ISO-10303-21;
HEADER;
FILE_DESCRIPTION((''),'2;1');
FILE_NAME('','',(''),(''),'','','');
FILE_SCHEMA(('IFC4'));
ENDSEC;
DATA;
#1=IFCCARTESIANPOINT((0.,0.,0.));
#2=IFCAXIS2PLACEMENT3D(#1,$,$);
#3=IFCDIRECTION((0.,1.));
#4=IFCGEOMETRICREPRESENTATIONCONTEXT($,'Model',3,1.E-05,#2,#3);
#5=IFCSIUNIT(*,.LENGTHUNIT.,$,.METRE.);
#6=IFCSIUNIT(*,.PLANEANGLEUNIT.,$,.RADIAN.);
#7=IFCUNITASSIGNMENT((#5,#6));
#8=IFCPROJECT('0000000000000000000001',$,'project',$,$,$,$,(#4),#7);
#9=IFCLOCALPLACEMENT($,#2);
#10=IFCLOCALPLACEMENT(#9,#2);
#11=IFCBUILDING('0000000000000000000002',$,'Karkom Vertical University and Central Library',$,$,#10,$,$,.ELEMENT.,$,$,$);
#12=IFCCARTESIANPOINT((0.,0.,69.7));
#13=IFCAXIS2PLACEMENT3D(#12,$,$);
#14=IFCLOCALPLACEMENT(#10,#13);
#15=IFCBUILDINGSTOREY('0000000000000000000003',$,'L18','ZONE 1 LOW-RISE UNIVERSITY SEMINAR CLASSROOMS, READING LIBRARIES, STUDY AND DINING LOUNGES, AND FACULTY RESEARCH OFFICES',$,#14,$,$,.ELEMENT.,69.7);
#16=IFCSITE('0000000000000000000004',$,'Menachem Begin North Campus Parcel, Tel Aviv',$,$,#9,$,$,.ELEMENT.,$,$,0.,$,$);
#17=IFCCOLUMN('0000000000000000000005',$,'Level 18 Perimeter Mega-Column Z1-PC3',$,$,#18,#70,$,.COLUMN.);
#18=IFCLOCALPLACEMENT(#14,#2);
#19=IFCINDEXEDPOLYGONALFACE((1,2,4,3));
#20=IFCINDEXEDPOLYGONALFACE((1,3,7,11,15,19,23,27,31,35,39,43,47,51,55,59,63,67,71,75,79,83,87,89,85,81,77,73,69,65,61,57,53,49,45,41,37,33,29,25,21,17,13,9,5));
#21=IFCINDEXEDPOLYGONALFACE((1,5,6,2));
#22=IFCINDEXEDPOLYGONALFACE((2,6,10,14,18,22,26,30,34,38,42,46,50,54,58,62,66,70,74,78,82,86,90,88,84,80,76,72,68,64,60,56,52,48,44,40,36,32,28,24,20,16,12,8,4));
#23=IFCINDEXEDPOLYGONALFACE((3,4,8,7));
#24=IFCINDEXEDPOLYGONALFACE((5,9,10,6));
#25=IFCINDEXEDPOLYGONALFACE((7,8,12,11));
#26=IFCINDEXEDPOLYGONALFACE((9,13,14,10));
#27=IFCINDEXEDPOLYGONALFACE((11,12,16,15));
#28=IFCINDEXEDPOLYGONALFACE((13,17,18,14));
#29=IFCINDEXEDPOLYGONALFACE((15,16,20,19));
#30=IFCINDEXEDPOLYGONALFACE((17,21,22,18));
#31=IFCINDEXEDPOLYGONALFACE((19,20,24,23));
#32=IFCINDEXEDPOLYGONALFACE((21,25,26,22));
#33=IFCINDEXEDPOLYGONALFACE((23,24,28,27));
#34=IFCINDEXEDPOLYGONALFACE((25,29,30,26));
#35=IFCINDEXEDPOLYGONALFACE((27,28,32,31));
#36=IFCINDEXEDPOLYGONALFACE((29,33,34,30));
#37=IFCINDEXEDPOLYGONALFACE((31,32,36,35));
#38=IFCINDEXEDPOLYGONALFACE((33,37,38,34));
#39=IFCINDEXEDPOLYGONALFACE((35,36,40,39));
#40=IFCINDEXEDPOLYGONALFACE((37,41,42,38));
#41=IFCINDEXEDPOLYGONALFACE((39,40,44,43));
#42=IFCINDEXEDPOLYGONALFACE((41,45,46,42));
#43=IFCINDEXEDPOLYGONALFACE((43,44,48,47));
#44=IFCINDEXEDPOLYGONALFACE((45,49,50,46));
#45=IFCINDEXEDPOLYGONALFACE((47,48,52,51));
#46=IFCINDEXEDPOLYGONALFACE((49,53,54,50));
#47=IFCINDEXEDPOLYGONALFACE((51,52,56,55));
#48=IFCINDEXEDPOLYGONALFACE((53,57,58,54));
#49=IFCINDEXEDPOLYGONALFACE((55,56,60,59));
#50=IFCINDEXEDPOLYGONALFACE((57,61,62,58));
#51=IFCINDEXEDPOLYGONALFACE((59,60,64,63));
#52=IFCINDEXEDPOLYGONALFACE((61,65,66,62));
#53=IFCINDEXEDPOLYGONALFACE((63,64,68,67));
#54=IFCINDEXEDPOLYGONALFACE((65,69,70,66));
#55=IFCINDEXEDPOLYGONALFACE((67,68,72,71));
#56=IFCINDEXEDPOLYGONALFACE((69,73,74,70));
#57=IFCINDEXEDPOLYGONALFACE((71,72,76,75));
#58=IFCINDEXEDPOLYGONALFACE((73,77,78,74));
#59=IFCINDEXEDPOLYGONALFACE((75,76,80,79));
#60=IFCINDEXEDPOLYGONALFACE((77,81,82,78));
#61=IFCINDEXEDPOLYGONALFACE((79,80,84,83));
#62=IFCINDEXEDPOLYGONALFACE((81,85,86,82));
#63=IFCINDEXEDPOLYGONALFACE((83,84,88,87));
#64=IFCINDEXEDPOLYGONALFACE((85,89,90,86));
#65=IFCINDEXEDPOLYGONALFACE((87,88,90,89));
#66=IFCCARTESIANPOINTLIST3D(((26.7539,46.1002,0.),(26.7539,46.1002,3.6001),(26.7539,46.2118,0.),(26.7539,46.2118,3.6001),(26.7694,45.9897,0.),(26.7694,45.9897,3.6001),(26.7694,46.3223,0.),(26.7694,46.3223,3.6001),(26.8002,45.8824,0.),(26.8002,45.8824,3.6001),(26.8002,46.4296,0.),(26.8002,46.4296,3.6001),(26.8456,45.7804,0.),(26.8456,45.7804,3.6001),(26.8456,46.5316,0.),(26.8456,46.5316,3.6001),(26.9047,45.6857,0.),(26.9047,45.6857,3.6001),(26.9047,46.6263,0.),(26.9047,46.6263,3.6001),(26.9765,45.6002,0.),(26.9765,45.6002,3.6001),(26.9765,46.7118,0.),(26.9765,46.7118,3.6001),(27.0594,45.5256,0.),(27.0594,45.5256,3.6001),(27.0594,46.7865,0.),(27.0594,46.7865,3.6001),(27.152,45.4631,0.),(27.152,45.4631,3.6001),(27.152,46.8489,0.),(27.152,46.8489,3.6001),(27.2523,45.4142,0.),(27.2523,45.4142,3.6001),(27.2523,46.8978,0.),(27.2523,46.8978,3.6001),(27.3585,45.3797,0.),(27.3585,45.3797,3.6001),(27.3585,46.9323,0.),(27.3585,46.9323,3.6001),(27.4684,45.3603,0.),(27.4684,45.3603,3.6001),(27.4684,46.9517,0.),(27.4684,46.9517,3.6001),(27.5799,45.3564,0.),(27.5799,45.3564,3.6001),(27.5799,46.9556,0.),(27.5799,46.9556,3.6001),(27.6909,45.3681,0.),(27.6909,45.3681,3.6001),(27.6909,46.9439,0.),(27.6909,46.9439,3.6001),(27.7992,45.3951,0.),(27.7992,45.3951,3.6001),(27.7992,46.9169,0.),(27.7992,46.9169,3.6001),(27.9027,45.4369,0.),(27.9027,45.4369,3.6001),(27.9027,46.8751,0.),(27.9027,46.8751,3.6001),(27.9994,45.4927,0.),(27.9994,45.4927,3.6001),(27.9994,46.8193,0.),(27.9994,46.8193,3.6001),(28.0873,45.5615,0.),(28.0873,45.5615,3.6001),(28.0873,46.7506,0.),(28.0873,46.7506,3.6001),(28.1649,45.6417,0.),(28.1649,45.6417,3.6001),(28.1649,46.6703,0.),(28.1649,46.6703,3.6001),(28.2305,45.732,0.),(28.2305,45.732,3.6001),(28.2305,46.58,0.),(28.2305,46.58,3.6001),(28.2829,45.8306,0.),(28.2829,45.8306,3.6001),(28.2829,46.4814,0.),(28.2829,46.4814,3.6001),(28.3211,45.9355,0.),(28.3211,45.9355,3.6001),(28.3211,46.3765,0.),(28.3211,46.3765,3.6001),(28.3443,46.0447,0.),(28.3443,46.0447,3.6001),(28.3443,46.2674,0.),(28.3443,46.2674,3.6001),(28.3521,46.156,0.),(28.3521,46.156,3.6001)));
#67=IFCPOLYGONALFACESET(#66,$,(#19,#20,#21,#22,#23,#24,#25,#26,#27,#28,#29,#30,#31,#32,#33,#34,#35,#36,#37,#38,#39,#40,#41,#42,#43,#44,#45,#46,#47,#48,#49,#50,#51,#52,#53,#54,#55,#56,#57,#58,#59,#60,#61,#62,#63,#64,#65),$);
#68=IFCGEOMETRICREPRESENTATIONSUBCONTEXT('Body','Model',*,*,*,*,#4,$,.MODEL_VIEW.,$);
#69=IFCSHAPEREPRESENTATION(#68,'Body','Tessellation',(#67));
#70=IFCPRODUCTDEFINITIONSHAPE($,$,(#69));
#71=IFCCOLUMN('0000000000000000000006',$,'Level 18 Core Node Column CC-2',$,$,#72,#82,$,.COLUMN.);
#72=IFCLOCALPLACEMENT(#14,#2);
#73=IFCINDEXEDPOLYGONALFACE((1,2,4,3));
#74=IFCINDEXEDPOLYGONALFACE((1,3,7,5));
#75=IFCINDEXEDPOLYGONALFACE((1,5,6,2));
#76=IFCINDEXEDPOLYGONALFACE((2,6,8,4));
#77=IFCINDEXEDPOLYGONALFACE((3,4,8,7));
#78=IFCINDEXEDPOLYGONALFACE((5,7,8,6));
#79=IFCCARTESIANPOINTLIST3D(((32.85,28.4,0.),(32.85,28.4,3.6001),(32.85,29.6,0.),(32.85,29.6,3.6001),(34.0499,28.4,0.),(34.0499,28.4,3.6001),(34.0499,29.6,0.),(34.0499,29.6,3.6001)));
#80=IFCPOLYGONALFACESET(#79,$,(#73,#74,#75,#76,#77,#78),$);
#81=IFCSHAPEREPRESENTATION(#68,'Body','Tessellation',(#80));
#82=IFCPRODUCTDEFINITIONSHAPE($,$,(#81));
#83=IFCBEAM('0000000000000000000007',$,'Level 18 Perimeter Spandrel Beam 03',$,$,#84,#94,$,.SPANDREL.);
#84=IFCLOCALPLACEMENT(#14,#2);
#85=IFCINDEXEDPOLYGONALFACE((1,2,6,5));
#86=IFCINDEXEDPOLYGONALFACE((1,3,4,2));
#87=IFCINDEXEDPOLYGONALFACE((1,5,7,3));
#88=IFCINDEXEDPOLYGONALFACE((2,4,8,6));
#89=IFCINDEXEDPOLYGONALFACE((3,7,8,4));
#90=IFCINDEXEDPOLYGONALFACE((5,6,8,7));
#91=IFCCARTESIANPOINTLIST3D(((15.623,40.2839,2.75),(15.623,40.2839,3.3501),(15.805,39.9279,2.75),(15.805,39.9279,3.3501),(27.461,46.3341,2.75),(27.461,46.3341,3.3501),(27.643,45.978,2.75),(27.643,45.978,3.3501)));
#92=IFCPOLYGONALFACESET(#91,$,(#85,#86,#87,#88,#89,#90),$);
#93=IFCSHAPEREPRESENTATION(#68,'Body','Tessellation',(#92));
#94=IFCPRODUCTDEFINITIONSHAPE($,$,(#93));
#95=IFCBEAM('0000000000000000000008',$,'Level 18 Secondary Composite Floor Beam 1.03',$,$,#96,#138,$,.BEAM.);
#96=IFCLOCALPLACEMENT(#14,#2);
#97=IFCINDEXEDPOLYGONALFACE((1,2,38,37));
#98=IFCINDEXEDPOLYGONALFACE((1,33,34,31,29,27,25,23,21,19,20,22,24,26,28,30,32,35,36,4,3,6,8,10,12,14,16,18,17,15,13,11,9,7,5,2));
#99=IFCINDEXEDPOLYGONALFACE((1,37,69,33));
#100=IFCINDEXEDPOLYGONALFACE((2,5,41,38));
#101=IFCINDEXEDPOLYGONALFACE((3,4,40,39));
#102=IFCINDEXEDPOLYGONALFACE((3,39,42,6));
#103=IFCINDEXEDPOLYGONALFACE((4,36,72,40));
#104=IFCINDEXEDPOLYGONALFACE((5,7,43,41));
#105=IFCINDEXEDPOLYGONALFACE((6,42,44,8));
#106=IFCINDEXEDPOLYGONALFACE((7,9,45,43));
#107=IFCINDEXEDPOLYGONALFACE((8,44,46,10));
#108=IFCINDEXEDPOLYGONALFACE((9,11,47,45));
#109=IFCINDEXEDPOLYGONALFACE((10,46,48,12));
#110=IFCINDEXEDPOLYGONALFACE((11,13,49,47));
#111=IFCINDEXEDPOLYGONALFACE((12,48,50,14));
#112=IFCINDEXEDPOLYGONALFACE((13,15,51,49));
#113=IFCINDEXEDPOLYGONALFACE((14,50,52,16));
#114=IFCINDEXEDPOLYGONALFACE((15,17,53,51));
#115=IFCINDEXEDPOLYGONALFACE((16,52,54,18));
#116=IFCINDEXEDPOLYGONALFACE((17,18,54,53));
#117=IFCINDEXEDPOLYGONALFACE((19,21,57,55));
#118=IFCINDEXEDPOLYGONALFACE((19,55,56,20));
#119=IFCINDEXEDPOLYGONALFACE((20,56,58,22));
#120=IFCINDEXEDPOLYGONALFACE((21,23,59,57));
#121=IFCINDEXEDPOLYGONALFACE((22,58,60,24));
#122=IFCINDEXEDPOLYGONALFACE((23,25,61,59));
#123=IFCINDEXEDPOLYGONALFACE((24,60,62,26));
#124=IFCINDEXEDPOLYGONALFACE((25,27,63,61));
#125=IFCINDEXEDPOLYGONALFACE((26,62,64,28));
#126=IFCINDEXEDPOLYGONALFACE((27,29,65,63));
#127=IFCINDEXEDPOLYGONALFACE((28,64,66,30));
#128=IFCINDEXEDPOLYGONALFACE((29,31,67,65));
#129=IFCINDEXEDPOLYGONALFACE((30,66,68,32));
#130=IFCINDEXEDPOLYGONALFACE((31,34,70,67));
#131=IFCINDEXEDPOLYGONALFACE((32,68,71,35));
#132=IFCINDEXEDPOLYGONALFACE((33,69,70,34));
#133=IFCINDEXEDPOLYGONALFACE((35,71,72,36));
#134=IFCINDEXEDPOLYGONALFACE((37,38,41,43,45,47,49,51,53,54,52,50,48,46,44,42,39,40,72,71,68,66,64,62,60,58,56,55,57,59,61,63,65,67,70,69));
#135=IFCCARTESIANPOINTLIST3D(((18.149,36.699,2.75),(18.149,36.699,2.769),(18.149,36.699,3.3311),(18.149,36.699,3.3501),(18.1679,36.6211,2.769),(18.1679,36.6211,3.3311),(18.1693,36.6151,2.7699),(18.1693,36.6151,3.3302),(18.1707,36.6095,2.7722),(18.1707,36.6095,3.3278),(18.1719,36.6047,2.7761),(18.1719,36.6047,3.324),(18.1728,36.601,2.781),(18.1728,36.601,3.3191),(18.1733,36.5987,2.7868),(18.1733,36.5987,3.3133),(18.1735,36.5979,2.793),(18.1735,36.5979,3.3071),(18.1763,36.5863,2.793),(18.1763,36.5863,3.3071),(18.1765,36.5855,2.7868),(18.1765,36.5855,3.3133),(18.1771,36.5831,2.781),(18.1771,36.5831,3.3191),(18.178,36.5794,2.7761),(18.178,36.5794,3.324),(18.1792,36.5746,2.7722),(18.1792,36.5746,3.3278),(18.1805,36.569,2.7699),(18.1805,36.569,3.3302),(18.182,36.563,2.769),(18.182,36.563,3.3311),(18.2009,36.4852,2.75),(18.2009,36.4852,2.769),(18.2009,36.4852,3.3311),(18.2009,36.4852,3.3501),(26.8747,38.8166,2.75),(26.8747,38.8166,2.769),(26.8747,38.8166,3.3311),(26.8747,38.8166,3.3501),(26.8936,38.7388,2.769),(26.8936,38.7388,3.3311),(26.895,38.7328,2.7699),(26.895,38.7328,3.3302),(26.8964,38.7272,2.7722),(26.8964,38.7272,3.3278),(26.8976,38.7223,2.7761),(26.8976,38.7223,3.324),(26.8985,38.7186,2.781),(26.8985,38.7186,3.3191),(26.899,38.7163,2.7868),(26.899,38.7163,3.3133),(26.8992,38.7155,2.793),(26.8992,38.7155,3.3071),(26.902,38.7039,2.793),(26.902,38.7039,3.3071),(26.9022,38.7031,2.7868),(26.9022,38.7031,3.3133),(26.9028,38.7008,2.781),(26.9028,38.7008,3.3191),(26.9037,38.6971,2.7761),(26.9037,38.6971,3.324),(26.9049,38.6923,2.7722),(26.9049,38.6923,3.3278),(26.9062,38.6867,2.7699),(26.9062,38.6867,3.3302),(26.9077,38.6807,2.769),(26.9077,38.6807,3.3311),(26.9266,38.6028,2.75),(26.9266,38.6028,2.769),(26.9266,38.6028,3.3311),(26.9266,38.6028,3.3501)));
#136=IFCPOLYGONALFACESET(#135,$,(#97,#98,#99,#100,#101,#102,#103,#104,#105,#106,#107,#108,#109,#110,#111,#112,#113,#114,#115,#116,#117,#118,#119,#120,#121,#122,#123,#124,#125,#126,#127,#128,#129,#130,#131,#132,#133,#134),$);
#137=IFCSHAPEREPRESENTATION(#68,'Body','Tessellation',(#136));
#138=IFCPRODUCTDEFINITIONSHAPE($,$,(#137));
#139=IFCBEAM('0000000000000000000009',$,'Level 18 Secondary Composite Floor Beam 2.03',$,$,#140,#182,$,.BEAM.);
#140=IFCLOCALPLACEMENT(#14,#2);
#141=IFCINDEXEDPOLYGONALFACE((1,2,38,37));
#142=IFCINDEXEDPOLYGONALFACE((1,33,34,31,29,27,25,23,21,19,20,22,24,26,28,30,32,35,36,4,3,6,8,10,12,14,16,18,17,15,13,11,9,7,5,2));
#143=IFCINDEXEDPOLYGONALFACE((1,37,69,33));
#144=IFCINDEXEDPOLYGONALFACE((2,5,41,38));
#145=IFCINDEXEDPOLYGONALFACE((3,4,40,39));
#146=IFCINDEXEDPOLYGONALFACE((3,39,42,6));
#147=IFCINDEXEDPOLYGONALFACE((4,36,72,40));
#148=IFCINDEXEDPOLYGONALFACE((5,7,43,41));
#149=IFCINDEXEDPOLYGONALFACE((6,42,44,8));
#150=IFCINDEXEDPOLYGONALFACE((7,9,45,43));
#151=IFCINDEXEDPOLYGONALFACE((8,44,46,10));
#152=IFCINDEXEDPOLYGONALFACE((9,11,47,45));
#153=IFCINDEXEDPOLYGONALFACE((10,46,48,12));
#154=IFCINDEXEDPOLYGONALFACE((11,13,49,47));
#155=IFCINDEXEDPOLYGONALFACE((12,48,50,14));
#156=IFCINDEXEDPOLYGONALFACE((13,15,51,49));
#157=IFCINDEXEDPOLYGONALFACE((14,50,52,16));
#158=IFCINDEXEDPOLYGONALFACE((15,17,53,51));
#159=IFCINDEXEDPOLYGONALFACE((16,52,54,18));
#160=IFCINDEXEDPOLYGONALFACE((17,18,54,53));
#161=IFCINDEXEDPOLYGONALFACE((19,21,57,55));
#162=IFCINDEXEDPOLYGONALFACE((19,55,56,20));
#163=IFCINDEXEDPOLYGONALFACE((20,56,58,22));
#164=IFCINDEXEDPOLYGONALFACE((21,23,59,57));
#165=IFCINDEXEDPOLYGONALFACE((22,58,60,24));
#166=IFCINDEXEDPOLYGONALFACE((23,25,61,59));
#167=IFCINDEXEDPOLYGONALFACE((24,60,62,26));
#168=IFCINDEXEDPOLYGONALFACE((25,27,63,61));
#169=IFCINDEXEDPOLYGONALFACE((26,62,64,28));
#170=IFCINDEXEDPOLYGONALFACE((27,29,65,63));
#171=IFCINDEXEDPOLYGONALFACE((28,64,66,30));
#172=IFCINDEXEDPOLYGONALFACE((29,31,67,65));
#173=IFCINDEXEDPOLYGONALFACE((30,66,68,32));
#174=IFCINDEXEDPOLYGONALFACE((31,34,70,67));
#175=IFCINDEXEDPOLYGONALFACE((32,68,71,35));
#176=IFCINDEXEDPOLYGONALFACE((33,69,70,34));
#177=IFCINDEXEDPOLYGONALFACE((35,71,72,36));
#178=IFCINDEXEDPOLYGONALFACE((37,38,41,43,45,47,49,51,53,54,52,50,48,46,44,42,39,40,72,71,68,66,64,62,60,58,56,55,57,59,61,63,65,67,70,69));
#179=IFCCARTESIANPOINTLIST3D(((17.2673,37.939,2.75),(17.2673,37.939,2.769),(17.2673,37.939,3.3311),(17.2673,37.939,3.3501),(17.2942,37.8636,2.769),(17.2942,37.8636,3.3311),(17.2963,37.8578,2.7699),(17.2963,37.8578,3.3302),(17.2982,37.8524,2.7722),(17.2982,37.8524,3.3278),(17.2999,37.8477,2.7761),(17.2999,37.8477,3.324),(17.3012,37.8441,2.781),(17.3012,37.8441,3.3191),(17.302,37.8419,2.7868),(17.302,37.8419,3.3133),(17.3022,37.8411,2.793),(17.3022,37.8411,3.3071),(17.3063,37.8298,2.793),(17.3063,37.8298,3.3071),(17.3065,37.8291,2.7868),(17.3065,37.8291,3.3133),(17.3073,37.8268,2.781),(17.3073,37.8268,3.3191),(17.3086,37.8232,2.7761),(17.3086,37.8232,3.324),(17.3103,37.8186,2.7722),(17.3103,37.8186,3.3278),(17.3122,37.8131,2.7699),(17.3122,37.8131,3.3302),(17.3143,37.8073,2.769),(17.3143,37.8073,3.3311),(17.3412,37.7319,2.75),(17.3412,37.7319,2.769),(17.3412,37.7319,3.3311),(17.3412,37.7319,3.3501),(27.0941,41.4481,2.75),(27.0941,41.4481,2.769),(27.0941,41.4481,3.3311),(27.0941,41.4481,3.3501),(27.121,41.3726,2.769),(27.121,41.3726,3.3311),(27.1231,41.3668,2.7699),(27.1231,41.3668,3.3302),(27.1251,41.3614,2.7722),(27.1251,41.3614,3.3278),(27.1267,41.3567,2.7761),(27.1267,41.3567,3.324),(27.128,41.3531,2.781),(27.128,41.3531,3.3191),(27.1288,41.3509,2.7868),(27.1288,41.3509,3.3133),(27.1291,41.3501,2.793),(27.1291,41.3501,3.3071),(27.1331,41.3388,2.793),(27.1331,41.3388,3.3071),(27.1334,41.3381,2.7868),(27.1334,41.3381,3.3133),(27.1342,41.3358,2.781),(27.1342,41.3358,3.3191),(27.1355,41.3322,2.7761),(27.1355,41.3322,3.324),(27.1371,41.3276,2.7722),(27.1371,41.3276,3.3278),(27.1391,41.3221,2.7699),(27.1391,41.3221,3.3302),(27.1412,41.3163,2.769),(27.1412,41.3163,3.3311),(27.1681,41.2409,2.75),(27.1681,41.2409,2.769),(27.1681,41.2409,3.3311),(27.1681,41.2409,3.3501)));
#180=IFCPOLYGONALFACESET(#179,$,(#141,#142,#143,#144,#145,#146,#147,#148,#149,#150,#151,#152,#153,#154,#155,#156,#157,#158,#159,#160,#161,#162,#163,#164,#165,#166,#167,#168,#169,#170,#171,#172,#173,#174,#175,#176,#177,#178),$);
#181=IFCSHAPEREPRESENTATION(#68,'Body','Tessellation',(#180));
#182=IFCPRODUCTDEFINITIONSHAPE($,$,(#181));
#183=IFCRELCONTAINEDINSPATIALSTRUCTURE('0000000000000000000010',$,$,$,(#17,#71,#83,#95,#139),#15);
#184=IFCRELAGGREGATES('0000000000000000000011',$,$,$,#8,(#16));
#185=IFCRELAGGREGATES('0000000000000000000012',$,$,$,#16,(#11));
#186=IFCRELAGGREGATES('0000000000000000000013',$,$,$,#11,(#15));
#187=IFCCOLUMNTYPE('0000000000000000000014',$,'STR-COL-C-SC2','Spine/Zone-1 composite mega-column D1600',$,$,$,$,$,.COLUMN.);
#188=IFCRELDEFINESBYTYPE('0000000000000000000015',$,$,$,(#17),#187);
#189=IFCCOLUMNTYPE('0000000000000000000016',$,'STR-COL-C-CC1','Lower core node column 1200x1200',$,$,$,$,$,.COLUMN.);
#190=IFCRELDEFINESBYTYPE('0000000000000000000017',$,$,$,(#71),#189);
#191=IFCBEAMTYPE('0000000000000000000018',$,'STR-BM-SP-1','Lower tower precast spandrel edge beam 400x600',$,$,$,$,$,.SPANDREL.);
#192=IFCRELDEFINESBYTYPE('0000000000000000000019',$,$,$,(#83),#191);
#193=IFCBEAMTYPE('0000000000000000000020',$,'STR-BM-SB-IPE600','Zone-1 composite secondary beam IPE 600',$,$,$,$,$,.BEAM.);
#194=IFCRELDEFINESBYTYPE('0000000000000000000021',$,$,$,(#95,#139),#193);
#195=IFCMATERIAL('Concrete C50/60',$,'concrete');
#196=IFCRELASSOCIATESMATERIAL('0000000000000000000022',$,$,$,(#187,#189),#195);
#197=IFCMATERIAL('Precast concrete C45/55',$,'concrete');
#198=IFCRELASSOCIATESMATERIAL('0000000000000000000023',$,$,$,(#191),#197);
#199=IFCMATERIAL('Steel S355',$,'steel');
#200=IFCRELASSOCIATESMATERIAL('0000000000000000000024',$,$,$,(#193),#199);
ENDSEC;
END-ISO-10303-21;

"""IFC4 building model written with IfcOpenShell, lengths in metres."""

from ifc_helpers import new_model, si_unit, direction, frame, origin, origin_with_axes, origin_2d, place, context, subcontext, project, spatial, rectangle, circle, i_section, extrude, source, transform, mapped, material, material_profile, profile_set, type_object, element, save


model = new_model("IFC4")

# Units and contexts
model_context = context("Model", 3, precision=1e-05, world=origin(), true_north=direction((0.0, 1.0)))
body_context = subcontext(model_context, "Body", "Model", "MODEL_VIEW")
ifc_project = project(units=[si_unit("LENGTHUNIT", "METRE"), si_unit("PLANEANGLEUNIT", "RADIAN")], contexts=[model_context])

# Site, building, storey
site_placement = place(None, origin())
site = spatial("IfcSite", under=ifc_project, at=site_placement, Name="Menachem Begin North Campus Parcel, Tel Aviv", CompositionType="ELEMENT", RefElevation=0.0)
building_placement = place(site_placement, origin())
building = spatial("IfcBuilding", under=site, at=building_placement, Name="Karkom Vertical University and Central Library", CompositionType="ELEMENT")
storey_placement = place(building_placement, frame((0.0, 0.0, 69.7)))
storey = spatial("IfcBuildingStorey", under=building, at=storey_placement, Name="L18", Description="ZONE 1 LOW-RISE UNIVERSITY SEMINAR CLASSROOMS, READING LIBRARIES, STUDY AND DINING LOUNGES, AND FACULTY RESEARCH OFFICES", CompositionType="ELEMENT", Elevation=69.7)

# Columns
ifc_material_1 = material(Name="Concrete C50/60", Category="concrete")
ifc_material_profile_1 = material_profile(ifc_material_1, circle(Radius=0.8, at=origin_2d()), Name="CFT-D1600")
ifc_profile_set_1 = profile_set([ifc_material_profile_1], Name="Concrete C50/60")
column_type_1 = type_object("IfcColumnType", Name="STR-COL-C-SC2", Description="Spine/Zone-1 composite mega-column D1600", PredefinedType="COLUMN", material=ifc_profile_set_1)
shared_shape_1 = source(origin_with_axes(), body_context, "Body", "SweptSolid", [
    extrude(circle(Radius=0.8, at=origin_2d()), origin(), (0.0, 0.0, 1.0), 3.6001),
])
column_1_placement = place(storey_placement, frame((27.552, 46.156, 0.0), z_axis=(0.0, 0.0, 1.0), x_axis=(1.0, 0.0, 0.0)))
element("IfcColumn", 1, at=column_1_placement, inside=storey, type_object=column_type_1, Name="Level 18 Perimeter Mega-Column Z1-PC3", PredefinedType="COLUMN", context=body_context, shape_type="MappedRepresentation", body=[
    mapped(shared_shape_1, transform((0.0, 0.0, 0.0), scale=1.0)),
])
ifc_material_profile_2 = material_profile(ifc_material_1, rectangle(XDim=1.2, YDim=1.2, at=origin_2d()), Name="RC-1200x1200")
ifc_profile_set_2 = profile_set([ifc_material_profile_2], Name="Concrete C50/60")
column_type_2 = type_object("IfcColumnType", Name="STR-COL-C-CC1", Description="Lower core node column 1200x1200", PredefinedType="COLUMN", material=ifc_profile_set_2)
shared_shape_2 = source(origin_with_axes(), body_context, "Body", "SweptSolid", [
    extrude(rectangle(XDim=1.2, YDim=1.2, at=origin_2d()), origin(), (0.0, 0.0, 1.0), 3.6001),
])
column_2_placement = place(storey_placement, frame((33.45, 29.0, 0.0), z_axis=(0.0, 0.0, 1.0), x_axis=(1.0, 0.0, 0.0)))
element("IfcColumn", 2, at=column_2_placement, inside=storey, type_object=column_type_2, Name="Level 18 Core Node Column CC-2", PredefinedType="COLUMN", context=body_context, shape_type="MappedRepresentation", body=[
    mapped(shared_shape_2, transform((0.0, 0.0, 0.0), scale=1.0)),
])

# Beams
ifc_material_2 = material(Name="Precast concrete C45/55", Category="concrete")
ifc_material_profile_3 = material_profile(ifc_material_2, rectangle(XDim=0.3999, YDim=0.6001, at=origin_2d()), Name="SPB-400x600")
ifc_profile_set_3 = profile_set([ifc_material_profile_3], Name="Precast concrete C45/55")
beam_type_1 = type_object("IfcBeamType", Name="STR-BM-SP-1", Description="Lower tower precast spandrel edge beam 400x600", PredefinedType="SPANDREL", material=ifc_profile_set_3)
shared_shape_3 = source(origin_with_axes(), body_context, "Body", "SweptSolid", [
    extrude(rectangle(XDim=0.3999, YDim=0.6001, at=origin_2d()), origin(), (0.0, 0.0, 1.0), 13.2944),
])
beam_1_placement = place(storey_placement, frame((27.552, 46.156, 3.05), z_axis=(-0.890448, -0.455085, 0.0), x_axis=(0.455085, -0.890448, 0.0)))
element("IfcBeam", 3, at=beam_1_placement, inside=storey, type_object=beam_type_1, Name="Level 18 Perimeter Spandrel Beam 03", PredefinedType="SPANDREL", context=body_context, shape_type="MappedRepresentation", body=[
    mapped(shared_shape_3, transform((0.0, 0.0, 0.0), scale=1.0)),
])
ifc_material_3 = material(Name="Steel S355", Category="steel")
ifc_material_profile_4 = material_profile(ifc_material_3, i_section(OverallWidth=0.22, OverallDepth=0.6001, WebThickness=0.012, FlangeThickness=0.019, FilletRadius=0.0239, at=origin_2d()), Name="IPE 600")
ifc_profile_set_4 = profile_set([ifc_material_profile_4], Name="Steel S355")
beam_type_2 = type_object("IfcBeamType", Name="STR-BM-SB-IPE600", Description="Zone-1 composite secondary beam IPE 600", PredefinedType="BEAM", material=ifc_profile_set_4)
shared_shape_4 = source(origin_with_axes(), body_context, "Body", "SweptSolid", [
    extrude(i_section(OverallWidth=0.22, OverallDepth=0.6001, WebThickness=0.012, FlangeThickness=0.019, FilletRadius=0.0239, at=origin_2d()), origin(), (0.0, 0.0, 1.0), 8.979),
])
beam_2_placement = place(storey_placement, frame((26.9006, 38.7097, 3.05), z_axis=(-0.971791, -0.235844, 0.0), x_axis=(0.235844, -0.971791, 0.0)))
element("IfcBeam", 4, at=beam_2_placement, inside=storey, type_object=beam_type_2, Name="Level 18 Secondary Composite Floor Beam 1.03", PredefinedType="BEAM", context=body_context, shape_type="MappedRepresentation", body=[
    mapped(shared_shape_4, transform((0.0, 0.0, 0.0), scale=1.0)),
])
shared_shape_5 = source(origin_with_axes(), body_context, "Body", "SweptSolid", [
    extrude(i_section(OverallWidth=0.22, OverallDepth=0.6001, WebThickness=0.012, FlangeThickness=0.019, FilletRadius=0.0239, at=origin_2d()), origin(), (0.0, 0.0, 1.0), 10.4346),
])
beam_3_placement = place(storey_placement, frame((27.1311, 41.3445, 3.05), z_axis=(-0.941759, -0.336287, 0.0), x_axis=(0.336287, -0.941759, 0.0)))
element("IfcBeam", 5, at=beam_3_placement, inside=storey, type_object=beam_type_2, Name="Level 18 Secondary Composite Floor Beam 2.03", PredefinedType="BEAM", context=body_context, shape_type="MappedRepresentation", body=[
    mapped(shared_shape_5, transform((0.0, 0.0, 0.0), scale=1.0)),
])

save(model, "model.ifc")
